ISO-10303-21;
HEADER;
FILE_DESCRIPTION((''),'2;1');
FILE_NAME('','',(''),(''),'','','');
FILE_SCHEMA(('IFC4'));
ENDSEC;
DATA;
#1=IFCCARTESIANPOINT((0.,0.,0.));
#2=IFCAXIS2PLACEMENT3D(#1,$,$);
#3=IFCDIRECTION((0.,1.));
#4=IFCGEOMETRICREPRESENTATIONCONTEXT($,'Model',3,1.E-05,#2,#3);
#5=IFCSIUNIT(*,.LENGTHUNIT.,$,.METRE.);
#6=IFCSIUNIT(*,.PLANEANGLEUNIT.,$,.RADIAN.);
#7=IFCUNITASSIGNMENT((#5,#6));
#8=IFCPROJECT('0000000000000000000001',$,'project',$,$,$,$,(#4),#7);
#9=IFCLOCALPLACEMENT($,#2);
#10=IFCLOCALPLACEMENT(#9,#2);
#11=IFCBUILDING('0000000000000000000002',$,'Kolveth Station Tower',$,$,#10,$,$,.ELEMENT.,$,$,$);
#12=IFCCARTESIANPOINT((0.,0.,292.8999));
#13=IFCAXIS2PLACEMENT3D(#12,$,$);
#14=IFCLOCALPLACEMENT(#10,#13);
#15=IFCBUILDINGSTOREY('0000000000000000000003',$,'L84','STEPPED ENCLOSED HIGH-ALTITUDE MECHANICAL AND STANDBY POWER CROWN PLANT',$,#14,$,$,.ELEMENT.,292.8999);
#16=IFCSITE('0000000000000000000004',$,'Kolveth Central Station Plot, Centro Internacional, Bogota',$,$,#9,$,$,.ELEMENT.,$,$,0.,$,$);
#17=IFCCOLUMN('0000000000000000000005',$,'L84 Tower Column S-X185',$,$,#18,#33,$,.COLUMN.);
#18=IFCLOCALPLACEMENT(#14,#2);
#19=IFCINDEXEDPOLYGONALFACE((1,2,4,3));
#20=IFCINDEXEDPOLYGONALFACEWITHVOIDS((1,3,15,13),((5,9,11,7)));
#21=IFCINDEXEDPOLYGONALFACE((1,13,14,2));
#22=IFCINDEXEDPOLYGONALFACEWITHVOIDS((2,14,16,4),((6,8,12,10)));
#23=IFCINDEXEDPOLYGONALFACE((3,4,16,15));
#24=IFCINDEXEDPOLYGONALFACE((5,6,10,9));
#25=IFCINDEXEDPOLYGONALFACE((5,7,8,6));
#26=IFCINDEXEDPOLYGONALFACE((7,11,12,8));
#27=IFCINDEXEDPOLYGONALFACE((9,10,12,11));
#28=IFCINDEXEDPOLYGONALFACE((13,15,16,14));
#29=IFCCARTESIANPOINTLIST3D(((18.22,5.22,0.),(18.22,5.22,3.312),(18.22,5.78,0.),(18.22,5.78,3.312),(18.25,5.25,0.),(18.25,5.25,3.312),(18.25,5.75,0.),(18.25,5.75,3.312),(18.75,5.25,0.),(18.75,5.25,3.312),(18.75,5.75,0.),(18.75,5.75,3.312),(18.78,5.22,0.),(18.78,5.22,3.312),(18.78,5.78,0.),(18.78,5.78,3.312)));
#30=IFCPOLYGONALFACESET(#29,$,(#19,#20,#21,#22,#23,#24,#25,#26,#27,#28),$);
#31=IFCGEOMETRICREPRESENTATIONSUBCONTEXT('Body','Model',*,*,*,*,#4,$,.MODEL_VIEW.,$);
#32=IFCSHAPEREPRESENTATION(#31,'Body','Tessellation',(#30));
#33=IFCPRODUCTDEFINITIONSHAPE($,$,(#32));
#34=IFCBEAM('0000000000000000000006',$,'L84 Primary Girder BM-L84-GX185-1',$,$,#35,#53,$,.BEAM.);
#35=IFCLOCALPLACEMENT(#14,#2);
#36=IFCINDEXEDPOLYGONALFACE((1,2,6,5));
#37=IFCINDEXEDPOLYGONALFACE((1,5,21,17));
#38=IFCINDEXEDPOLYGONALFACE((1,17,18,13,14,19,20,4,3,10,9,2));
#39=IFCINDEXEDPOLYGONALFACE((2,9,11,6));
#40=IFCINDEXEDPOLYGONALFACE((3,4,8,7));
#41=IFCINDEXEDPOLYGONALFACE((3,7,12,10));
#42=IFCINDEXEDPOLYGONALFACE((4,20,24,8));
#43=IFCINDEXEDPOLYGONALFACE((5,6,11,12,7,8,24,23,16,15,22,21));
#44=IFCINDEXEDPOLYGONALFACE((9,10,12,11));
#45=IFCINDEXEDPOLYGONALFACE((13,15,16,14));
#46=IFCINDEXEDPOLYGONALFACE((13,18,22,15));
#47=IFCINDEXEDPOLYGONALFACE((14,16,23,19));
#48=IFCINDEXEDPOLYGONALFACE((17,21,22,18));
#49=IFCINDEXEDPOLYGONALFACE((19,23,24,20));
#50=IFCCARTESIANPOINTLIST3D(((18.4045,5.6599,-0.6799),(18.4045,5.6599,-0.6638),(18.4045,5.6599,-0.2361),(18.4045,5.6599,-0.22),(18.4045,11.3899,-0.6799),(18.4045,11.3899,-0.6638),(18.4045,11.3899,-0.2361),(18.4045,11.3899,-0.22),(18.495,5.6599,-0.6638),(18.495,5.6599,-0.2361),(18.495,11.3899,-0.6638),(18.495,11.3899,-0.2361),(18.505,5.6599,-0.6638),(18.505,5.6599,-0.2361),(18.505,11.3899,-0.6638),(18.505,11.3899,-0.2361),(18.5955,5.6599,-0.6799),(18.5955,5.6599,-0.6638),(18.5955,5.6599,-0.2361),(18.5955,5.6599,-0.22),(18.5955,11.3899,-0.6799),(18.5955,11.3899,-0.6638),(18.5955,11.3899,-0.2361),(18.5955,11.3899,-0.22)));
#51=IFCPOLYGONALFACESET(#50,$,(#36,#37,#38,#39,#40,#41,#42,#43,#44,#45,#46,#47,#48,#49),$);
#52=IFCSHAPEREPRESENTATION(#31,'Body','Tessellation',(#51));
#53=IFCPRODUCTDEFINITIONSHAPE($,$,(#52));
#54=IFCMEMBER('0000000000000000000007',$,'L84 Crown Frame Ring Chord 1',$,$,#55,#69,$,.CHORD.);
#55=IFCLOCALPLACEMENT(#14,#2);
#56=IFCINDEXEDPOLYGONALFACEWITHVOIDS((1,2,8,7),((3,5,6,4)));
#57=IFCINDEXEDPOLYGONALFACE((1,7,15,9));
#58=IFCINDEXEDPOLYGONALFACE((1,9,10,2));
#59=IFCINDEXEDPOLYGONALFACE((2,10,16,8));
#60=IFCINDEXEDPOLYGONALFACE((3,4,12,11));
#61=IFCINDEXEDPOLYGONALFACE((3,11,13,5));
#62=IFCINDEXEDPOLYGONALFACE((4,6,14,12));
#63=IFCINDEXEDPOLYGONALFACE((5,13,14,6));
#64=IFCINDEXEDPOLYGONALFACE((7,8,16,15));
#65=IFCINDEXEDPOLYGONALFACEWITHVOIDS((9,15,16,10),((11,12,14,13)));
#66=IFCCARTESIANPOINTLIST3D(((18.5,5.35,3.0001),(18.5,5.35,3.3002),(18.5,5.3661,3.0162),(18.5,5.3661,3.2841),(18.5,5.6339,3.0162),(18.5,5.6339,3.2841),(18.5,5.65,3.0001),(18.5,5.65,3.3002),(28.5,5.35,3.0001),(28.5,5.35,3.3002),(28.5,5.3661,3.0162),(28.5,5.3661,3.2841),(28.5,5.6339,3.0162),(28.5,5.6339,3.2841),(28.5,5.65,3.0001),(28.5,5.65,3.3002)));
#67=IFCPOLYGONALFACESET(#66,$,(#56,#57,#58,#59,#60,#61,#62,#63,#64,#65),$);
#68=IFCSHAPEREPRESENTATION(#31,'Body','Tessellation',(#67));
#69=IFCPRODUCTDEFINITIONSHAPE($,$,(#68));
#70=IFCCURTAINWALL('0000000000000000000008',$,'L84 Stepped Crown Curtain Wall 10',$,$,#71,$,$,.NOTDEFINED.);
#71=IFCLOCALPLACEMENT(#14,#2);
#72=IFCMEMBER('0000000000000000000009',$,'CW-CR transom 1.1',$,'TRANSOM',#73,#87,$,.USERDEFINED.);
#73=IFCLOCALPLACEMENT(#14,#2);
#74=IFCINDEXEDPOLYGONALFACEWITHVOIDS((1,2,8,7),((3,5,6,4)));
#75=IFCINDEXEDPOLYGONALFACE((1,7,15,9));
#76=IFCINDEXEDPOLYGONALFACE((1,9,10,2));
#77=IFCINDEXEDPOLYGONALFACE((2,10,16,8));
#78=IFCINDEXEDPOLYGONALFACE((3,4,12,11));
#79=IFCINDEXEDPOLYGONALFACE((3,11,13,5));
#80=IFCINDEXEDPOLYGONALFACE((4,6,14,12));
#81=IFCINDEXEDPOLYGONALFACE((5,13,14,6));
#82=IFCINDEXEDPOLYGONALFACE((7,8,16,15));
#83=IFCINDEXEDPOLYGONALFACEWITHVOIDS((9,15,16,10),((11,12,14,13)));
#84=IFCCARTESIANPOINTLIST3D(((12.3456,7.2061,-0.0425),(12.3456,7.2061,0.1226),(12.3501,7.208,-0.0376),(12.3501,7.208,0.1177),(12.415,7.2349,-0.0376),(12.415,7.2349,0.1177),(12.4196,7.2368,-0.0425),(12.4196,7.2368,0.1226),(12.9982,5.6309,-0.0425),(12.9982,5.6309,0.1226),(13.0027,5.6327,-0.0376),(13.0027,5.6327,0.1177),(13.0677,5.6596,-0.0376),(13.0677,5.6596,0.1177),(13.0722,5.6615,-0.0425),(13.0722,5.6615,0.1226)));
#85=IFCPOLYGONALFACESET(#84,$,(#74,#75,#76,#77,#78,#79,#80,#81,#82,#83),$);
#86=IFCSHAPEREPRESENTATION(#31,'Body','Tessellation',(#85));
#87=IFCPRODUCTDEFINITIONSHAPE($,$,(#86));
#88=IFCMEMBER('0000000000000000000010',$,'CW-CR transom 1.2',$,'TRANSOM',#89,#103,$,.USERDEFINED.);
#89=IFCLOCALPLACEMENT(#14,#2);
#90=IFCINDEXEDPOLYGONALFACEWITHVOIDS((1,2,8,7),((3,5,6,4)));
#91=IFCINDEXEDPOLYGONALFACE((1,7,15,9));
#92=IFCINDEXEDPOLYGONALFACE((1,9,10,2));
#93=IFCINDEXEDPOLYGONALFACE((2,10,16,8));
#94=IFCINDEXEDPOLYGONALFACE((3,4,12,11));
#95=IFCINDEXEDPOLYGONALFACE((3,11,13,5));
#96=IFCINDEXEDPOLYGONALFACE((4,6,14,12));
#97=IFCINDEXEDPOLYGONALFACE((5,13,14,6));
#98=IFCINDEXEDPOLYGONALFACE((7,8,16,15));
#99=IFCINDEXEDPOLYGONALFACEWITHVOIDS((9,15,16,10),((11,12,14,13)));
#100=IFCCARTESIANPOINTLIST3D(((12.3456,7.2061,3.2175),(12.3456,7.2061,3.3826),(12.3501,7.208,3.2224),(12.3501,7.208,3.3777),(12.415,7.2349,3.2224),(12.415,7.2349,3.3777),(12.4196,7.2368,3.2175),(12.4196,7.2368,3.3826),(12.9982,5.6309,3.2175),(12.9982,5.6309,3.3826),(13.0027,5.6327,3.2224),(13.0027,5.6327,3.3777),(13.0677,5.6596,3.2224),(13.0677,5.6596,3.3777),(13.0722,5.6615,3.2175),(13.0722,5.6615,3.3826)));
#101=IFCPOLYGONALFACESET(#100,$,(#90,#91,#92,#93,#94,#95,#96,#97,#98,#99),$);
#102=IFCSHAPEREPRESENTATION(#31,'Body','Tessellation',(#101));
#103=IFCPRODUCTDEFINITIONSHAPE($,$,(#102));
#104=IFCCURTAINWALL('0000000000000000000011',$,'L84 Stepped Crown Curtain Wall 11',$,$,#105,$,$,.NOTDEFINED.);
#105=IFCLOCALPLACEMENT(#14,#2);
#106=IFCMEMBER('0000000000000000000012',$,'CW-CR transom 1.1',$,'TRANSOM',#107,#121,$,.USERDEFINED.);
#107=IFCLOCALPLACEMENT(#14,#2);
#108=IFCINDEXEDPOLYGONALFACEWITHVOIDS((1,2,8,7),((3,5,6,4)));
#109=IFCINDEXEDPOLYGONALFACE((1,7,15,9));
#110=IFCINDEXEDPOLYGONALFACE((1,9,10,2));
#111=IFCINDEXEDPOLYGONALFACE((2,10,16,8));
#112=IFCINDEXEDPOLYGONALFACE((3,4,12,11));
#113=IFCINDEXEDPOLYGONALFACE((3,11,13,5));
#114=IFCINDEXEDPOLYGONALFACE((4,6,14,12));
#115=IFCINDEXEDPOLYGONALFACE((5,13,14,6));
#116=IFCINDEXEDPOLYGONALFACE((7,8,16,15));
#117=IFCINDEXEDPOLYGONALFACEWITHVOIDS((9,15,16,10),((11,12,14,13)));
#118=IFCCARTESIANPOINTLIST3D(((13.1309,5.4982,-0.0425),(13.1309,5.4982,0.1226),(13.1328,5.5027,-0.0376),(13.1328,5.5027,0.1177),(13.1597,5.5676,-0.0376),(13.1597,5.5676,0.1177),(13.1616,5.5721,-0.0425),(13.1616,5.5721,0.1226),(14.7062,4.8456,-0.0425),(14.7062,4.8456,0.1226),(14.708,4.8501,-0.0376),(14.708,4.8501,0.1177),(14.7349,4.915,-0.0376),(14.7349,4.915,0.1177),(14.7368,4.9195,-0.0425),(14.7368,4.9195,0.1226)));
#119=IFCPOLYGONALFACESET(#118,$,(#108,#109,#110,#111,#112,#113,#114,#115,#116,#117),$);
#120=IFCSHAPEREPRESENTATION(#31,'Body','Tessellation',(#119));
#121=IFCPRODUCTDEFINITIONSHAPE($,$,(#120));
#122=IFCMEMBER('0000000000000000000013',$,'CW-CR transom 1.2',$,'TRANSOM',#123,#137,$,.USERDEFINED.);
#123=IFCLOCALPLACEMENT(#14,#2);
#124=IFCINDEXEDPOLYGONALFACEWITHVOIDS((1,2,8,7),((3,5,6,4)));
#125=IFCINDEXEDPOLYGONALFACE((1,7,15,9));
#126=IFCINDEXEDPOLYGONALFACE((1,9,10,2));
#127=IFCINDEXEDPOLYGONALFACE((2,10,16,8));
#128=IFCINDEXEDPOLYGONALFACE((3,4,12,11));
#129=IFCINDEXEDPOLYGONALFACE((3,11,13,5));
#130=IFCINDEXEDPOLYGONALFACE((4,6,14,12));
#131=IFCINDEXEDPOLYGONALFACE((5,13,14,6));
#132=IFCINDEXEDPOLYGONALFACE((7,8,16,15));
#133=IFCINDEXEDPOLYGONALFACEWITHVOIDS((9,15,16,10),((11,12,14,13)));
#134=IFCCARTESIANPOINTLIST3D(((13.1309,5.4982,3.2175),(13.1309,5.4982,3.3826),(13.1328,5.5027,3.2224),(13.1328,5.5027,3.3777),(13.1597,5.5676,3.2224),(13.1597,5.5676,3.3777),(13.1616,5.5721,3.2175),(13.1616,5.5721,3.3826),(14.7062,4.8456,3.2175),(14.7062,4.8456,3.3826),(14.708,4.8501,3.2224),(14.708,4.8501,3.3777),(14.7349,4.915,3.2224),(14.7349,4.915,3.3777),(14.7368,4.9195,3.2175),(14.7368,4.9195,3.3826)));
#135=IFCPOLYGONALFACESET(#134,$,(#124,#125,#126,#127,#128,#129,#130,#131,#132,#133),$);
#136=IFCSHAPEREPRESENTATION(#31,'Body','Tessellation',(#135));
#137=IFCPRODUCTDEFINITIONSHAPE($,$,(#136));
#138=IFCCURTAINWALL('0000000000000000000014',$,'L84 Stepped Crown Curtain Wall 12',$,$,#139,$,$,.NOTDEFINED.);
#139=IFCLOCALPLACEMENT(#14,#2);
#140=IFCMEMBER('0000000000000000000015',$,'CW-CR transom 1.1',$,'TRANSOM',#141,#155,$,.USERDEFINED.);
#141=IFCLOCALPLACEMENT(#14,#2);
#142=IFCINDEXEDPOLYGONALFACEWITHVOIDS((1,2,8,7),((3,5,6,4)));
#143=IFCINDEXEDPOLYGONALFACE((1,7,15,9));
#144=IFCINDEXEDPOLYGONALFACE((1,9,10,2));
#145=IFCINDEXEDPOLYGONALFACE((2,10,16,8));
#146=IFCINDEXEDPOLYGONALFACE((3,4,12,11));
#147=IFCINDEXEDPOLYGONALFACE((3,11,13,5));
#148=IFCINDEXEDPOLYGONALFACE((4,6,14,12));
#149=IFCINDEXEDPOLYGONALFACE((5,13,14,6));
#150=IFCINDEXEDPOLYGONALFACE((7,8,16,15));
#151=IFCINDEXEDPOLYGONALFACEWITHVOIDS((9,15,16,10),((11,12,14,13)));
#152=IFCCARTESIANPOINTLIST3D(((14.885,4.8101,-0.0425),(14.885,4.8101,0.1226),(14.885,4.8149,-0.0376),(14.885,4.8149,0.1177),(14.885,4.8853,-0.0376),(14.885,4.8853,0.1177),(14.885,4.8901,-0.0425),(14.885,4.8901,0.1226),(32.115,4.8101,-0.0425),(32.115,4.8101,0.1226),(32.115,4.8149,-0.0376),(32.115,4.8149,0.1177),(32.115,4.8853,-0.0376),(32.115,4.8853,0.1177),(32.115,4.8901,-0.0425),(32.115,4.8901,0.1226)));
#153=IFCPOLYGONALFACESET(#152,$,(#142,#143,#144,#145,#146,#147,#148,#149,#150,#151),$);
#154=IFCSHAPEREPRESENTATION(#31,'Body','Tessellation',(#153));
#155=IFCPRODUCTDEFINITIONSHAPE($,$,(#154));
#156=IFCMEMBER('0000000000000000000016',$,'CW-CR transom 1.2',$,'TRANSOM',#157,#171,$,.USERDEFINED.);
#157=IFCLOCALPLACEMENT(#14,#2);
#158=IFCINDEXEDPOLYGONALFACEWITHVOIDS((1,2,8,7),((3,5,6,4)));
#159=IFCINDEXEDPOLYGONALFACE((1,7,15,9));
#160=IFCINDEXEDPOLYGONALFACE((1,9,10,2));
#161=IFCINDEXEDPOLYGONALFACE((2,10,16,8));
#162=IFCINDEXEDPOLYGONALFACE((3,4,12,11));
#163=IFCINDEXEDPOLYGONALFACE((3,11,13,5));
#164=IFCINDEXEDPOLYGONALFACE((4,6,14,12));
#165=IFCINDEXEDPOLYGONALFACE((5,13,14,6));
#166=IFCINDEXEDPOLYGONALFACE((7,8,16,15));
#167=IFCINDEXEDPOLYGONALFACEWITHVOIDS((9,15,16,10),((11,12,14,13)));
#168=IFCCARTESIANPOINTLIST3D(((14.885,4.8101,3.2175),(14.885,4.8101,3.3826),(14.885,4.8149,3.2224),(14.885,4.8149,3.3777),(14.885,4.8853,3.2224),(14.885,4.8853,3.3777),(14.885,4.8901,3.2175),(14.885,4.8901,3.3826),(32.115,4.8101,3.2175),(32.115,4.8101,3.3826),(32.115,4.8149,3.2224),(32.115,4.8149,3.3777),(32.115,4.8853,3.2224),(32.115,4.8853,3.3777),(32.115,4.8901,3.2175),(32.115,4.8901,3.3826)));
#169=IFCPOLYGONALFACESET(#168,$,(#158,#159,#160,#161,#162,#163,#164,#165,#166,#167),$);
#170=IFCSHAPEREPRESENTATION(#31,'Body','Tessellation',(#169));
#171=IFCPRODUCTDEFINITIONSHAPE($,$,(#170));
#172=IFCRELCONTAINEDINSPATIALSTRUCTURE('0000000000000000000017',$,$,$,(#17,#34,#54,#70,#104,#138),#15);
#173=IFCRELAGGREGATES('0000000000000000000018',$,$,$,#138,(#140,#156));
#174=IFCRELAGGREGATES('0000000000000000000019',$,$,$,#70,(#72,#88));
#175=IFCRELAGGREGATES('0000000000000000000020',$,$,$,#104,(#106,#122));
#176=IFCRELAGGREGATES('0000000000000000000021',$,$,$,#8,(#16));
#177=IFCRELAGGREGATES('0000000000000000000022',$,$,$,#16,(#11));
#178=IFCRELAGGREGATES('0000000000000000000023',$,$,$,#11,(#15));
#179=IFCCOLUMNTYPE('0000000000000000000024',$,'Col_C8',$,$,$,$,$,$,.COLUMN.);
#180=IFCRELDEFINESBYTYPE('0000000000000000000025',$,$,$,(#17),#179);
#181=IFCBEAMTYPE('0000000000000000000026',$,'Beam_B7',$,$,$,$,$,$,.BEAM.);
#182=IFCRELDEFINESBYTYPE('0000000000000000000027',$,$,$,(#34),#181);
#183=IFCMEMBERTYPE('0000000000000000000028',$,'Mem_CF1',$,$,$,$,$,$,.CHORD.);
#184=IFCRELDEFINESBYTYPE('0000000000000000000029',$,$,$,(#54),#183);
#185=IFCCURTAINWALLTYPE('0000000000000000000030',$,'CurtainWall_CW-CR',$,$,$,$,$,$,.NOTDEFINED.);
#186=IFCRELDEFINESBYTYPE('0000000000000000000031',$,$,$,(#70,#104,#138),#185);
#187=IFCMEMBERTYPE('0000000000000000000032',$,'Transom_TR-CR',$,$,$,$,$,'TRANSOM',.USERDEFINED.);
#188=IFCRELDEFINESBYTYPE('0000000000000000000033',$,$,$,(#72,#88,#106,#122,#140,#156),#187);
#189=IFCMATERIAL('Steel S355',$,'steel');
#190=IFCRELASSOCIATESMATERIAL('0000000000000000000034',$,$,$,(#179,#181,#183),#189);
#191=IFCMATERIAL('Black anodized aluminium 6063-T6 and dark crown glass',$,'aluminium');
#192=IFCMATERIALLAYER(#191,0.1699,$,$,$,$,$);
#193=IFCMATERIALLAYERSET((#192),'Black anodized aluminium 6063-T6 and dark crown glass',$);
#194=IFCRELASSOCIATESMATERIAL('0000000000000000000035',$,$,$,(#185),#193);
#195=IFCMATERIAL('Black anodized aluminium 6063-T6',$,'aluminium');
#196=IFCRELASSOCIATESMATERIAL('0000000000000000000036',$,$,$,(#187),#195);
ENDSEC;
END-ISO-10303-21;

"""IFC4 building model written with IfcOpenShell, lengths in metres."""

from ifc_helpers import new_model, si_unit, direction, frame, origin, origin_2d, place, context, subcontext, project, spatial, hollow_rectangle, i_section, extrude, source, transform, mapped, material, layer, layer_set, material_profile, profile_set, type_object, element, aggregate, save


model = new_model("IFC4")

# Units and contexts
model_context = context("Model", 3, precision=1e-05, world=origin(), true_north=direction((0.0, 1.0)))
body_context = subcontext(model_context, "Body", "Model", "MODEL_VIEW")
ifc_project = project(units=[si_unit("LENGTHUNIT", "METRE"), si_unit("PLANEANGLEUNIT", "RADIAN")], contexts=[model_context])

# Site, building, storey
site_placement = place(None, origin())
site = spatial("IfcSite", under=ifc_project, at=site_placement, Name="Kolveth Central Station Plot, Centro Internacional, Bogota", CompositionType="ELEMENT", RefElevation=0.0)
building_placement = place(site_placement, origin())
building = spatial("IfcBuilding", under=site, at=building_placement, Name="Kolveth Station Tower", CompositionType="ELEMENT")
storey_placement = place(building_placement, frame((0.0, 0.0, 292.8999)))
storey = spatial("IfcBuildingStorey", under=building, at=storey_placement, Name="L84", Description="STEPPED ENCLOSED HIGH-ALTITUDE MECHANICAL AND STANDBY POWER CROWN PLANT", CompositionType="ELEMENT", Elevation=292.8999)

# Column
ifc_material_1 = material(Name="Steel S355", Category="steel")
ifc_material_profile_1 = material_profile(ifc_material_1, hollow_rectangle(XDim=0.5601, YDim=0.5601, WallThickness=0.03, at=origin_2d()), Name="BOX560x560x30")
ifc_profile_set_1 = profile_set([ifc_material_profile_1], Name="Steel S355")
column_type = type_object("IfcColumnType", Name="Col_C8", PredefinedType="COLUMN", material=ifc_profile_set_1)
shared_shape_1 = source(origin(), body_context, "Body", "SweptSolid", [
    extrude(hollow_rectangle(XDim=0.5601, YDim=0.5601, WallThickness=0.03, at=origin_2d()), origin(), (0.0, 0.0, 1.0), 3.312),
])
column_placement = place(storey_placement, frame((18.5, 5.5, 0.0), z_axis=(0.0, 0.0, 1.0), x_axis=(1.0, 0.0, 0.0)))
element("IfcColumn", 1, at=column_placement, inside=storey, type_object=column_type, Name="L84 Tower Column S-X185", PredefinedType="COLUMN", context=body_context, shape_type="MappedRepresentation", body=[
    mapped(shared_shape_1, transform((0.0, 0.0, 0.0), x_axis=(1.0, 0.0, 0.0), y_axis=(0.0, 1.0, 0.0), z_axis=(0.0, 0.0, 1.0), scale=1.0)),
])

# Beam
ifc_material_profile_2 = material_profile(ifc_material_1, i_section(OverallWidth=0.1909, OverallDepth=0.46, WebThickness=0.01, FlangeThickness=0.0161, at=origin_2d()), Name="W460x82")
ifc_profile_set_2 = profile_set([ifc_material_profile_2], Name="Steel S355")
beam_type = type_object("IfcBeamType", Name="Beam_B7", PredefinedType="BEAM", material=ifc_profile_set_2)
shared_shape_2 = source(origin(), body_context, "Body", "SweptSolid", [
    extrude(i_section(OverallWidth=0.1909, OverallDepth=0.46, WebThickness=0.01, FlangeThickness=0.0161, at=origin_2d()), origin(), (0.0, 0.0, 1.0), 5.73),
])
beam_placement = place(storey_placement, frame((18.5, 5.6599, -0.45), z_axis=(0.0, 1.0, 0.0), x_axis=(-1.0, 0.0, 0.0)))
element("IfcBeam", 2, at=beam_placement, inside=storey, type_object=beam_type, Name="L84 Primary Girder BM-L84-GX185-1", PredefinedType="BEAM", context=body_context, shape_type="MappedRepresentation", body=[
    mapped(shared_shape_2, transform((0.0, 0.0, 0.0), x_axis=(1.0, 0.0, 0.0), y_axis=(0.0, 1.0, 0.0), z_axis=(0.0, 0.0, 1.0), scale=1.0)),
])

# Member
ifc_material_profile_3 = material_profile(ifc_material_1, hollow_rectangle(XDim=0.3, YDim=0.3, WallThickness=0.0161, at=origin_2d()), Name="CROWN-HSS300x300x16")
ifc_profile_set_3 = profile_set([ifc_material_profile_3], Name="Steel S355")
member_type_1 = type_object("IfcMemberType", Name="Mem_CF1", PredefinedType="CHORD", material=ifc_profile_set_3)
shared_shape_3 = source(origin(), body_context, "Body", "SweptSolid", [
    extrude(hollow_rectangle(XDim=0.3, YDim=0.3, WallThickness=0.0161, at=origin_2d()), origin(), (0.0, 0.0, 1.0), 10.0),
])
member_1_placement = place(storey_placement, frame((18.5, 5.5, 3.1501), z_axis=(1.0, 0.0, 0.0), x_axis=(0.0, 1.0, 0.0)))
element("IfcMember", 3, at=member_1_placement, inside=storey, type_object=member_type_1, Name="L84 Crown Frame Ring Chord 1", PredefinedType="CHORD", context=body_context, shape_type="MappedRepresentation", body=[
    mapped(shared_shape_3, transform((0.0, 0.0, 0.0), x_axis=(1.0, 0.0, 0.0), y_axis=(0.0, 1.0, 0.0), z_axis=(0.0, 0.0, 1.0), scale=1.0)),
])

# Curtain walls, members
ifc_material_2 = material(Name="Black anodized aluminium 6063-T6 and dark crown glass", Category="aluminium")
ifc_layer_1 = layer(ifc_material_2, 0.1699)
ifc_layer_set_1 = layer_set([ifc_layer_1], Name="Black anodized aluminium 6063-T6 and dark crown glass")
curtain_wall_type = type_object("IfcCurtainWallType", Name="CurtainWall_CW-CR", PredefinedType="NOTDEFINED", material=ifc_layer_set_1)
curtain_wall_1_placement = place(storey_placement, origin())
curtain_wall_1 = element("IfcCurtainWall", 4, at=curtain_wall_1_placement, inside=storey, type_object=curtain_wall_type, Name="L84 Stepped Crown Curtain Wall 10", PredefinedType="NOTDEFINED")
ifc_material_3 = material(Name="Black anodized aluminium 6063-T6", Category="aluminium")
ifc_material_profile_4 = material_profile(ifc_material_3, hollow_rectangle(XDim=0.0801, YDim=0.165, WallThickness=0.0049, at=origin_2d()), Name="ALU-80x165x5")
ifc_profile_set_4 = profile_set([ifc_material_profile_4], Name="Black anodized aluminium 6063-T6")
member_type_2 = type_object("IfcMemberType", Name="Transom_TR-CR", ElementType="TRANSOM", PredefinedType="USERDEFINED", material=ifc_profile_set_4)
shared_shape_4 = source(origin(), body_context, "Body", "SweptSolid", [
    extrude(hollow_rectangle(XDim=0.0801, YDim=0.165, WallThickness=0.0049, at=origin_2d()), origin(), (0.0, 0.0, 1.0), 1.7051),
])
member_2_placement = place(storey_placement, frame((12.3826, 7.2214, 0.04), z_axis=(0.382744, -0.923855, 0.0), x_axis=(0.923855, 0.382744, 0.0)))
member_2 = element("IfcMember", 5, at=member_2_placement, type_object=member_type_2, Name="CW-CR transom 1.1", ObjectType="TRANSOM", PredefinedType="USERDEFINED", context=body_context, shape_type="MappedRepresentation", body=[
    mapped(shared_shape_4, transform((0.0, 0.0, 0.0), x_axis=(1.0, 0.0, 0.0), y_axis=(0.0, 1.0, 0.0), z_axis=(0.0, 0.0, 1.0), scale=1.0)),
])
member_3_placement = place(storey_placement, frame((12.3826, 7.2214, 3.3), z_axis=(0.382744, -0.923855, 0.0), x_axis=(0.923855, 0.382744, 0.0)))
member_3 = element("IfcMember", 6, at=member_3_placement, type_object=member_type_2, Name="CW-CR transom 1.2", ObjectType="TRANSOM", PredefinedType="USERDEFINED", context=body_context, shape_type="MappedRepresentation", body=[
    mapped(shared_shape_4, transform((0.0, 0.0, 0.0), x_axis=(1.0, 0.0, 0.0), y_axis=(0.0, 1.0, 0.0), z_axis=(0.0, 0.0, 1.0), scale=1.0)),
])
curtain_wall_2_placement = place(storey_placement, origin())
curtain_wall_2 = element("IfcCurtainWall", 7, at=curtain_wall_2_placement, inside=storey, type_object=curtain_wall_type, Name="L84 Stepped Crown Curtain Wall 11", PredefinedType="NOTDEFINED")
member_4_placement = place(storey_placement, frame((13.1462, 5.5352, 0.04), z_axis=(0.923855, -0.382744, 0.0), x_axis=(0.382744, 0.923855, 0.0)))
member_4 = element("IfcMember", 8, at=member_4_placement, type_object=member_type_2, Name="CW-CR transom 1.1", ObjectType="TRANSOM", PredefinedType="USERDEFINED", context=body_context, shape_type="MappedRepresentation", body=[
    mapped(shared_shape_4, transform((0.0, 0.0, 0.0), x_axis=(1.0, 0.0, 0.0), y_axis=(0.0, 1.0, 0.0), z_axis=(0.0, 0.0, 1.0), scale=1.0)),
])
member_5_placement = place(storey_placement, frame((13.1462, 5.5352, 3.3), z_axis=(0.923855, -0.382744, 0.0), x_axis=(0.382744, 0.923855, 0.0)))
member_5 = element("IfcMember", 9, at=member_5_placement, type_object=member_type_2, Name="CW-CR transom 1.2", ObjectType="TRANSOM", PredefinedType="USERDEFINED", context=body_context, shape_type="MappedRepresentation", body=[
    mapped(shared_shape_4, transform((0.0, 0.0, 0.0), x_axis=(1.0, 0.0, 0.0), y_axis=(0.0, 1.0, 0.0), z_axis=(0.0, 0.0, 1.0), scale=1.0)),
])
curtain_wall_3_placement = place(storey_placement, origin())
curtain_wall_3 = element("IfcCurtainWall", 10, at=curtain_wall_3_placement, inside=storey, type_object=curtain_wall_type, Name="L84 Stepped Crown Curtain Wall 12", PredefinedType="NOTDEFINED")
shared_shape_5 = source(origin(), body_context, "Body", "SweptSolid", [
    extrude(hollow_rectangle(XDim=0.0801, YDim=0.165, WallThickness=0.0049, at=origin_2d()), origin(), (0.0, 0.0, 1.0), 17.23),
])
member_6_placement = place(storey_placement, frame((14.885, 4.8501, 0.04), z_axis=(1.0, 0.0, 0.0), x_axis=(0.0, 1.0, 0.0)))
member_6 = element("IfcMember", 11, at=member_6_placement, type_object=member_type_2, Name="CW-CR transom 1.1", ObjectType="TRANSOM", PredefinedType="USERDEFINED", context=body_context, shape_type="MappedRepresentation", body=[
    mapped(shared_shape_5, transform((0.0, 0.0, 0.0), x_axis=(1.0, 0.0, 0.0), y_axis=(0.0, 1.0, 0.0), z_axis=(0.0, 0.0, 1.0), scale=1.0)),
])
member_7_placement = place(storey_placement, frame((14.885, 4.8501, 3.3), z_axis=(1.0, 0.0, 0.0), x_axis=(0.0, 1.0, 0.0)))
member_7 = element("IfcMember", 12, at=member_7_placement, type_object=member_type_2, Name="CW-CR transom 1.2", ObjectType="TRANSOM", PredefinedType="USERDEFINED", context=body_context, shape_type="MappedRepresentation", body=[
    mapped(shared_shape_5, transform((0.0, 0.0, 0.0), x_axis=(1.0, 0.0, 0.0), y_axis=(0.0, 1.0, 0.0), z_axis=(0.0, 0.0, 1.0), scale=1.0)),
])

aggregate(curtain_wall_3, [member_6, member_7])

aggregate(curtain_wall_1, [member_2, member_3])
aggregate(curtain_wall_2, [member_4, member_5])

save(model, "model.ifc")
